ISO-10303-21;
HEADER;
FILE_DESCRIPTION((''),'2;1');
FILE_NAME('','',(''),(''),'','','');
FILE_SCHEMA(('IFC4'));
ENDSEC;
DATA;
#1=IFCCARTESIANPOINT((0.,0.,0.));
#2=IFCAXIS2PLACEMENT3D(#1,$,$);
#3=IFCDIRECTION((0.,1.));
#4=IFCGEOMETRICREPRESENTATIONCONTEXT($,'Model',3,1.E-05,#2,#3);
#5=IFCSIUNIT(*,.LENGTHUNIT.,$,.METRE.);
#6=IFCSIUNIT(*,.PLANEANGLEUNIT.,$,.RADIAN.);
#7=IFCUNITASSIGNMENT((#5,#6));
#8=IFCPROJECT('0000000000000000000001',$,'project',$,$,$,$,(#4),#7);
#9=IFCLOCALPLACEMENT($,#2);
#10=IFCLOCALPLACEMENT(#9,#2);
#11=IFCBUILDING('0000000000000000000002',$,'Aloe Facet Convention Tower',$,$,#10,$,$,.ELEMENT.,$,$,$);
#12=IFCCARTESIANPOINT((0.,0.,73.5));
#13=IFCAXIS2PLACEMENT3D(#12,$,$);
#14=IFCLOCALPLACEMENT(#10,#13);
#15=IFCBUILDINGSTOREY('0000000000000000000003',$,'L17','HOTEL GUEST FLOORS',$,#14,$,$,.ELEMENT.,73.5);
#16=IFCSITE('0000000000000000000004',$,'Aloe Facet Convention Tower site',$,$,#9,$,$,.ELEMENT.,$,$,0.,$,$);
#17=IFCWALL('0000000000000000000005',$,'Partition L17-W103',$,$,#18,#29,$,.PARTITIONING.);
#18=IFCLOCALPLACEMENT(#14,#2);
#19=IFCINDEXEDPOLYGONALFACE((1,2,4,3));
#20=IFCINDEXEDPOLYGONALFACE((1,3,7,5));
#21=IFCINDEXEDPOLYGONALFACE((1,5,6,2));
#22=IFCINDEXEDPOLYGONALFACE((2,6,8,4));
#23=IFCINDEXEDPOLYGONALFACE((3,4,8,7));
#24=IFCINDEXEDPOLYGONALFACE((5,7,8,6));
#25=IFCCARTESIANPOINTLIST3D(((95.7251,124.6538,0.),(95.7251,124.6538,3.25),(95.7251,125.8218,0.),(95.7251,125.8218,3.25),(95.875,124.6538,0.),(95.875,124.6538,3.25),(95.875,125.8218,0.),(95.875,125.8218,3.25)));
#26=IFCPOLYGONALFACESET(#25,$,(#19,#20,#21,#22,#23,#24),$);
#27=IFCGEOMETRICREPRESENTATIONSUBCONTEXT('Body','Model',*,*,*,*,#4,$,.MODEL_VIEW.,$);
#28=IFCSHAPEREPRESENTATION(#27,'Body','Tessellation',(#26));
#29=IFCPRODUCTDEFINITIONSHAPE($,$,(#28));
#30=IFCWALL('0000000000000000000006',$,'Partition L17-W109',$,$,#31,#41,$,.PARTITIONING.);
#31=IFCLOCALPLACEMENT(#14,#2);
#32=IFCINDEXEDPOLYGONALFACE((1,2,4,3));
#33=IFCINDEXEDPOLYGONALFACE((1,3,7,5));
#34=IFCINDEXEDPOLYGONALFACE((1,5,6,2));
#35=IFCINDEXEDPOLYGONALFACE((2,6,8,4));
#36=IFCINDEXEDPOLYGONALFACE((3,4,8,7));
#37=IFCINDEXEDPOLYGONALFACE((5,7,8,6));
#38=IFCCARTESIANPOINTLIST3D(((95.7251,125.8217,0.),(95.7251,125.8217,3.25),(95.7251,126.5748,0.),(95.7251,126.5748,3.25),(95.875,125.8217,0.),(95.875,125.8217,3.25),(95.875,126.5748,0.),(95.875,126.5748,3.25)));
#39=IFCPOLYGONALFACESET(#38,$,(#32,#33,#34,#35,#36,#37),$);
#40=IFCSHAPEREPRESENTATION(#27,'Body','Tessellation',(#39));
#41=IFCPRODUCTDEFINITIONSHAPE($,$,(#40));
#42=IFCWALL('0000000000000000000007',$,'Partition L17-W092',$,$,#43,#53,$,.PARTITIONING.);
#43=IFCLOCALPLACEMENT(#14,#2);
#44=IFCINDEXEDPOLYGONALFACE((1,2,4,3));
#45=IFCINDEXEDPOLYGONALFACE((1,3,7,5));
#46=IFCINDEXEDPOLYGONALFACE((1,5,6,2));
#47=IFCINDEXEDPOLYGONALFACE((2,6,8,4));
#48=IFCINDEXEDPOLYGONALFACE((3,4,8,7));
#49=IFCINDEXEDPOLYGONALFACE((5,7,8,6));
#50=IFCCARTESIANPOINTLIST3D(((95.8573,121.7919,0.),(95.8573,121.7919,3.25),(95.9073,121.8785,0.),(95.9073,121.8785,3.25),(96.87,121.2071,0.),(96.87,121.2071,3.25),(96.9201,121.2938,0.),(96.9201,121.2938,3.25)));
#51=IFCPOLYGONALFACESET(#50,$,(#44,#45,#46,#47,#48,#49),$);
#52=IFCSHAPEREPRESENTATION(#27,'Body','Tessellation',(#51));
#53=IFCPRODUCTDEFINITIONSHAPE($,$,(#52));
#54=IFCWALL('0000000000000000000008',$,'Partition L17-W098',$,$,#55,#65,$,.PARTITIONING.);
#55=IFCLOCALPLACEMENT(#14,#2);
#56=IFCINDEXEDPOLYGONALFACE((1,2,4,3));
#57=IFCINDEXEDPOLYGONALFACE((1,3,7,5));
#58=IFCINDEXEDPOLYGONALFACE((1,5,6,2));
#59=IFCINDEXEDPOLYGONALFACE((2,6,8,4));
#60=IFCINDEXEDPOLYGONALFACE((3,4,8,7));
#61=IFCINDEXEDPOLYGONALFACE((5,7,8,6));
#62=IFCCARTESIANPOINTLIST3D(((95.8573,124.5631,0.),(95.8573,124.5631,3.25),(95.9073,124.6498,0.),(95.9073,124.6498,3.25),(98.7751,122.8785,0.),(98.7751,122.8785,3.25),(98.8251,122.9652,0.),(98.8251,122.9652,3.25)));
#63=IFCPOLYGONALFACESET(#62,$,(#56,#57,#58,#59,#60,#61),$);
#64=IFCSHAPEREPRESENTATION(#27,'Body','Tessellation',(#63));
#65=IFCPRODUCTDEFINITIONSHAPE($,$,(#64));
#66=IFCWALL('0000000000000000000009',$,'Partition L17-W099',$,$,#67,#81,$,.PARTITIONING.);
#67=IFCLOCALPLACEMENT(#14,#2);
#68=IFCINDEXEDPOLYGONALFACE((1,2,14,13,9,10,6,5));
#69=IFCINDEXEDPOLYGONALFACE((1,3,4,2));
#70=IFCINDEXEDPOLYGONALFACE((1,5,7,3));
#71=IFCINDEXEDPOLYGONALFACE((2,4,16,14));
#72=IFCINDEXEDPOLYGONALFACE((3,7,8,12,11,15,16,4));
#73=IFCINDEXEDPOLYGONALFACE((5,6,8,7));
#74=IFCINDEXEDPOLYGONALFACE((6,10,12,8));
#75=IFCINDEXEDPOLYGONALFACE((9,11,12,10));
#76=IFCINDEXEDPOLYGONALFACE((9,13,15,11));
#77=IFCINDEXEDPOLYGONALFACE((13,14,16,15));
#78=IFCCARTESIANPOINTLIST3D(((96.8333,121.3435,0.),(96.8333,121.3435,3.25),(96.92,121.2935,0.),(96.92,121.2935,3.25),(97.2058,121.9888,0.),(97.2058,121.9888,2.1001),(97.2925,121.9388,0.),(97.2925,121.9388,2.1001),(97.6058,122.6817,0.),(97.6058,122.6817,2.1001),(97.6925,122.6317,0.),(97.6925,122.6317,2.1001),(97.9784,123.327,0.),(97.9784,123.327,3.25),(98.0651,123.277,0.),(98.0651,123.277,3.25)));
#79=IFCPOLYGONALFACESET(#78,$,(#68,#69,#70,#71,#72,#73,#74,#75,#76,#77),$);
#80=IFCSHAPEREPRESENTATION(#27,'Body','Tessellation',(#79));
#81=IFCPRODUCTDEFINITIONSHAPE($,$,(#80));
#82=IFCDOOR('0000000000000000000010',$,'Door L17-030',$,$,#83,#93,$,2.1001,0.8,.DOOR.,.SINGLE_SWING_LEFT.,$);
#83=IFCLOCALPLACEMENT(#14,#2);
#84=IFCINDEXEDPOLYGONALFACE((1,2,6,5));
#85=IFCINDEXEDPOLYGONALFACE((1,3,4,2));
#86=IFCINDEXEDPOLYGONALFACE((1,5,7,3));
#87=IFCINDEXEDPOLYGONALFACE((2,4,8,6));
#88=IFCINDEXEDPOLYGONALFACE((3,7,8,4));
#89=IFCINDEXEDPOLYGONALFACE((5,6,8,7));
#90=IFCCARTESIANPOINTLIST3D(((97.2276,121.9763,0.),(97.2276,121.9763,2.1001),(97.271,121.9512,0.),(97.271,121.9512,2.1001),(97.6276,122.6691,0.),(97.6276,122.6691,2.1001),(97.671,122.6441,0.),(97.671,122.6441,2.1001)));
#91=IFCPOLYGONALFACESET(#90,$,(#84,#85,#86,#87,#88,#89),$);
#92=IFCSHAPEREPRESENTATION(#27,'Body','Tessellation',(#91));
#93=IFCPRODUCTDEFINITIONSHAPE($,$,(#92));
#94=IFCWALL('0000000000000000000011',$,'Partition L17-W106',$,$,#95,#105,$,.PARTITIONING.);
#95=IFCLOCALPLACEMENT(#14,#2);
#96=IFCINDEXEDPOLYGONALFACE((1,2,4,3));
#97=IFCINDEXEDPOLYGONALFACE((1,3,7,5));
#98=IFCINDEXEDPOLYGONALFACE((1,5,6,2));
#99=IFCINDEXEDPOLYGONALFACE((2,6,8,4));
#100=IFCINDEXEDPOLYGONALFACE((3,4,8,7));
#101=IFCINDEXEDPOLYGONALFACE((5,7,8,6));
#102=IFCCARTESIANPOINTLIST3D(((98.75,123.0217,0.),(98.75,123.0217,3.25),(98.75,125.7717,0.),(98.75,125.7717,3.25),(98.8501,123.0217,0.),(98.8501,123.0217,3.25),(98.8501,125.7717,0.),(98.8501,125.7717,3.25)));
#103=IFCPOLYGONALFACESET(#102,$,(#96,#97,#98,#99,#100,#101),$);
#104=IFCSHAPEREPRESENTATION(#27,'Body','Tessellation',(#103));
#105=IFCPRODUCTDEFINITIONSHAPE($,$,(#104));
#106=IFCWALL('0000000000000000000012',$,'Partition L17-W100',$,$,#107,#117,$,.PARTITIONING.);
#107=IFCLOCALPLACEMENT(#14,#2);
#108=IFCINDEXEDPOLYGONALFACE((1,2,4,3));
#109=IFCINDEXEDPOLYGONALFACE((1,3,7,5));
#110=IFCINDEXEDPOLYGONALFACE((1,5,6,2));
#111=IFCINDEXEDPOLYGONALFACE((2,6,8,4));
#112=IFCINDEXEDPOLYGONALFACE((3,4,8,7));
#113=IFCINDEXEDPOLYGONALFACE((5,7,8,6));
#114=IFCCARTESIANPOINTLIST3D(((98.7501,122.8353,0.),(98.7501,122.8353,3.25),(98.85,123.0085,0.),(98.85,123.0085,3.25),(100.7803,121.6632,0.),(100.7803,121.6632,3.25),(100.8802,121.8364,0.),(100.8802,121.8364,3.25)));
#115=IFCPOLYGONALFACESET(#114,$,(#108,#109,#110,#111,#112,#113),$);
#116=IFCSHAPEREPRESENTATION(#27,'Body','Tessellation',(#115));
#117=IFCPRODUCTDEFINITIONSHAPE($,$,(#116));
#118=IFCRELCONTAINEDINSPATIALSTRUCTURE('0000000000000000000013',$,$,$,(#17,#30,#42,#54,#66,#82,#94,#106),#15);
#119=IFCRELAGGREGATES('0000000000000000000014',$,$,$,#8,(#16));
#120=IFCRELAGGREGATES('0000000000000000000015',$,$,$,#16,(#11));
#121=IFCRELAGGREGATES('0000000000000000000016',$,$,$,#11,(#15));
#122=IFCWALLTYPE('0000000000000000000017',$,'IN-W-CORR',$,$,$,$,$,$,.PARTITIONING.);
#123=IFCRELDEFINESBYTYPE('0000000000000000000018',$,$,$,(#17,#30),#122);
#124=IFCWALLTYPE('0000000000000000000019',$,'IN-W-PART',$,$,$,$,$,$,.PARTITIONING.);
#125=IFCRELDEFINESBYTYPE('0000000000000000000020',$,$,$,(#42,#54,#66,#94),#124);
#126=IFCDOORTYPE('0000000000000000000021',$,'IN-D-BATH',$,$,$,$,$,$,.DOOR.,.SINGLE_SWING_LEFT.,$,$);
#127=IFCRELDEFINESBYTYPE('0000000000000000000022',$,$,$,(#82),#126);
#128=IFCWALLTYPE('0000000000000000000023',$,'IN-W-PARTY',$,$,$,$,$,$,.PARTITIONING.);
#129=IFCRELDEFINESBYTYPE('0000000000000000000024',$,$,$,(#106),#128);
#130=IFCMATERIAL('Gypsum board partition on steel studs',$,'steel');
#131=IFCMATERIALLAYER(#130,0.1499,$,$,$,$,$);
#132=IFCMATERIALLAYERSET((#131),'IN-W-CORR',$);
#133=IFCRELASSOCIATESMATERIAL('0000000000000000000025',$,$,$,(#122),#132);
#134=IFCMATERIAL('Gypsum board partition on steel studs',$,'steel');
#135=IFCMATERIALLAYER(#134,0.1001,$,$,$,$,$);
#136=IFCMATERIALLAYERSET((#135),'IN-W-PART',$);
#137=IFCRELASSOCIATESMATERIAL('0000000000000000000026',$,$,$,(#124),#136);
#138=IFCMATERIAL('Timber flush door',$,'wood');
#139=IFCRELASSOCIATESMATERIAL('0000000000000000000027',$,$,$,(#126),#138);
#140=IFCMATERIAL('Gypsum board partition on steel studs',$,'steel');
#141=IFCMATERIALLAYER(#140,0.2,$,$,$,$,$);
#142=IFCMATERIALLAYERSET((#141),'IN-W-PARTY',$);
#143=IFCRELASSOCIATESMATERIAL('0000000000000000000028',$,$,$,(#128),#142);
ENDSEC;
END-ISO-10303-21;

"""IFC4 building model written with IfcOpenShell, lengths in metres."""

from ifc_helpers import new_model, si_unit, direction, frame, frame_2d, origin, place, context, subcontext, project, spatial, rectangle, extrude, material, layer, layer_set, type_object, element, fill, save


model = new_model("IFC4")

# Units and contexts
model_context = context("Model", 3, precision=1e-05, world=origin(), true_north=direction((0.0, 1.0)))
body_context = subcontext(model_context, "Body", "Model", "MODEL_VIEW")
ifc_project = project(units=[si_unit("LENGTHUNIT", "METRE"), si_unit("PLANEANGLEUNIT", "RADIAN")], contexts=[model_context])

# Site, building, storey
site_placement = place(None, origin())
site = spatial("IfcSite", under=ifc_project, at=site_placement, Name="Aloe Facet Convention Tower site", CompositionType="ELEMENT", RefElevation=0.0)
building_placement = place(site_placement, origin())
building = spatial("IfcBuilding", under=site, at=building_placement, Name="Aloe Facet Convention Tower", CompositionType="ELEMENT")
storey_placement = place(building_placement, frame((0.0, 0.0, 73.5)))
storey = spatial("IfcBuildingStorey", under=building, at=storey_placement, Name="L17", Description="HOTEL GUEST FLOORS", CompositionType="ELEMENT", Elevation=73.5)

# Walls
ifc_material_1 = material(Name="Gypsum board partition on steel studs", Category="steel")
ifc_layer_1 = layer(ifc_material_1, 0.1499)
ifc_layer_set_1 = layer_set([ifc_layer_1], Name="IN-W-CORR")
wall_type_1 = type_object("IfcWallType", Name="IN-W-CORR", PredefinedType="PARTITIONING", material=ifc_layer_set_1)
wall_1_placement = place(storey_placement, frame((95.8, 124.6538, 0.0), z_axis=(0.0, 0.0, 1.0), x_axis=(0.0, 1.0, 0.0)))
element("IfcWall", 1, at=wall_1_placement, inside=storey, type_object=wall_type_1, Name="Partition L17-W103", PredefinedType="PARTITIONING", context=body_context, shape_type="SweptSolid", body=[
    extrude(rectangle(XDim=1.168, YDim=0.1499, at=frame_2d((0.584, 0.0))), origin(), (0.0, 0.0, 1.0), 3.25),
])
wall_2_placement = place(storey_placement, frame((95.8, 125.8218, 0.0), z_axis=(0.0, 0.0, 1.0), x_axis=(0.0, 1.0, 0.0)))
element("IfcWall", 2, at=wall_2_placement, inside=storey, type_object=wall_type_1, Name="Partition L17-W109", PredefinedType="PARTITIONING", context=body_context, shape_type="SweptSolid", body=[
    extrude(rectangle(XDim=0.7532, YDim=0.1499, at=frame_2d((0.3765, 0.0))), origin(), (0.0, 0.0, 1.0), 3.25),
])
ifc_material_2 = material(Name="Gypsum board partition on steel studs", Category="steel")
ifc_layer_2 = layer(ifc_material_2, 0.1001)
ifc_layer_set_2 = layer_set([ifc_layer_2], Name="IN-W-PART")
wall_type_2 = type_object("IfcWallType", Name="IN-W-PART", PredefinedType="PARTITIONING", material=ifc_layer_set_2)
wall_3_placement = place(storey_placement, frame((95.8823, 121.8352, 0.0), z_axis=(0.0, 0.0, 1.0), x_axis=(0.866012, -0.500024, 0.0)))
element("IfcWall", 3, at=wall_3_placement, inside=storey, type_object=wall_type_2, Name="Partition L17-W092", PredefinedType="PARTITIONING", context=body_context, shape_type="SweptSolid", body=[
    extrude(rectangle(XDim=1.1694, YDim=0.1001, at=frame_2d((0.5847, 0.0))), origin(), (0.0, 0.0, 1.0), 3.25),
])
wall_4_placement = place(storey_placement, frame((95.8823, 124.6064, 0.0), z_axis=(0.0, 0.0, 1.0), x_axis=(0.866023, -0.500005, 0.0)))
element("IfcWall", 4, at=wall_4_placement, inside=storey, type_object=wall_type_2, Name="Partition L17-W098", PredefinedType="PARTITIONING", context=body_context, shape_type="SweptSolid", body=[
    extrude(rectangle(XDim=3.3691, YDim=0.1001, at=frame_2d((1.6846, 0.0))), origin(), (0.0, 0.0, 1.0), 3.25),
])

# Wall, opening, door
wall_5_placement = place(storey_placement, frame((96.8767, 121.3186, 0.0), z_axis=(0.0, 0.0, 1.0), x_axis=(0.499969, 0.866044, 0.0)))
wall_5 = element("IfcWall", 5, at=wall_5_placement, inside=storey, type_object=wall_type_2, Name="Partition L17-W099", PredefinedType="PARTITIONING", context=body_context, shape_type="SweptSolid", body=[
    extrude(rectangle(XDim=2.2903, YDim=0.1001, at=frame_2d((1.145, 0.0))), origin(), (0.0, 0.0, 1.0), 3.25),
])
opening_placement = place(wall_5_placement, frame((0.7451, 0.0, 0.0)))
opening = element("IfcOpeningElement", 6, at=opening_placement, cuts=wall_5, PredefinedType="OPENING", context=body_context, shape_type="SweptSolid", body=[
    extrude(rectangle(XDim=0.8, YDim=2.1001, at=frame_2d((0.3999, 1.05))), frame((0.0, 0.0601, 0.0), z_axis=(0.0, -1.0, 0.0), x_axis=(1.0, 0.0, 0.0)), (0.0, 0.0, 1.0), 0.1201),
])
ifc_material_3 = material(Name="Timber flush door", Category="wood")
door_type = type_object("IfcDoorType", Name="IN-D-BATH", OperationType="SINGLE_SWING_LEFT", PredefinedType="DOOR", material=ifc_material_3)
door_placement = place(opening_placement, origin())
door = element("IfcDoor", 7, at=door_placement, inside=storey, type_object=door_type, Name="Door L17-030", OperationType="SINGLE_SWING_LEFT", OverallHeight=2.1001, OverallWidth=0.8, PredefinedType="DOOR", context=body_context, shape_type="SweptSolid", body=[
    extrude(rectangle(XDim=0.8, YDim=2.1001, at=frame_2d((0.3999, 1.05))), frame((0.0, 0.0249, 0.0), z_axis=(0.0, -1.0, 0.0), x_axis=(1.0, 0.0, 0.0)), (0.0, 0.0, 1.0), 0.05),
])
fill(opening, door)

# Walls
wall_6_placement = place(storey_placement, frame((98.8, 123.0217, 0.0), z_axis=(0.0, 0.0, 1.0), x_axis=(0.0, 1.0, 0.0)))
element("IfcWall", 8, at=wall_6_placement, inside=storey, type_object=wall_type_2, Name="Partition L17-W106", PredefinedType="PARTITIONING", context=body_context, shape_type="SweptSolid", body=[
    extrude(rectangle(XDim=2.75, YDim=0.1001, at=frame_2d((1.375, 0.0))), origin(), (0.0, 0.0, 1.0), 3.25),
])
ifc_material_4 = material(Name="Gypsum board partition on steel studs", Category="steel")
ifc_layer_3 = layer(ifc_material_4, 0.2)
ifc_layer_set_3 = layer_set([ifc_layer_3], Name="IN-W-PARTY")
wall_type_3 = type_object("IfcWallType", Name="IN-W-PARTY", PredefinedType="PARTITIONING", material=ifc_layer_set_3)
wall_7_placement = place(storey_placement, frame((98.8, 122.9219, 0.0), z_axis=(0.0, 0.0, 1.0), x_axis=(0.866036, -0.499981, 0.0)))
element("IfcWall", 9, at=wall_7_placement, inside=storey, type_object=wall_type_3, Name="Partition L17-W100", PredefinedType="PARTITIONING", context=body_context, shape_type="SweptSolid", body=[
    extrude(rectangle(XDim=2.3442, YDim=0.2, at=frame_2d((1.1721, 0.0))), origin(), (0.0, 0.0, 1.0), 3.25),
])

save(model, "model.ifc")
